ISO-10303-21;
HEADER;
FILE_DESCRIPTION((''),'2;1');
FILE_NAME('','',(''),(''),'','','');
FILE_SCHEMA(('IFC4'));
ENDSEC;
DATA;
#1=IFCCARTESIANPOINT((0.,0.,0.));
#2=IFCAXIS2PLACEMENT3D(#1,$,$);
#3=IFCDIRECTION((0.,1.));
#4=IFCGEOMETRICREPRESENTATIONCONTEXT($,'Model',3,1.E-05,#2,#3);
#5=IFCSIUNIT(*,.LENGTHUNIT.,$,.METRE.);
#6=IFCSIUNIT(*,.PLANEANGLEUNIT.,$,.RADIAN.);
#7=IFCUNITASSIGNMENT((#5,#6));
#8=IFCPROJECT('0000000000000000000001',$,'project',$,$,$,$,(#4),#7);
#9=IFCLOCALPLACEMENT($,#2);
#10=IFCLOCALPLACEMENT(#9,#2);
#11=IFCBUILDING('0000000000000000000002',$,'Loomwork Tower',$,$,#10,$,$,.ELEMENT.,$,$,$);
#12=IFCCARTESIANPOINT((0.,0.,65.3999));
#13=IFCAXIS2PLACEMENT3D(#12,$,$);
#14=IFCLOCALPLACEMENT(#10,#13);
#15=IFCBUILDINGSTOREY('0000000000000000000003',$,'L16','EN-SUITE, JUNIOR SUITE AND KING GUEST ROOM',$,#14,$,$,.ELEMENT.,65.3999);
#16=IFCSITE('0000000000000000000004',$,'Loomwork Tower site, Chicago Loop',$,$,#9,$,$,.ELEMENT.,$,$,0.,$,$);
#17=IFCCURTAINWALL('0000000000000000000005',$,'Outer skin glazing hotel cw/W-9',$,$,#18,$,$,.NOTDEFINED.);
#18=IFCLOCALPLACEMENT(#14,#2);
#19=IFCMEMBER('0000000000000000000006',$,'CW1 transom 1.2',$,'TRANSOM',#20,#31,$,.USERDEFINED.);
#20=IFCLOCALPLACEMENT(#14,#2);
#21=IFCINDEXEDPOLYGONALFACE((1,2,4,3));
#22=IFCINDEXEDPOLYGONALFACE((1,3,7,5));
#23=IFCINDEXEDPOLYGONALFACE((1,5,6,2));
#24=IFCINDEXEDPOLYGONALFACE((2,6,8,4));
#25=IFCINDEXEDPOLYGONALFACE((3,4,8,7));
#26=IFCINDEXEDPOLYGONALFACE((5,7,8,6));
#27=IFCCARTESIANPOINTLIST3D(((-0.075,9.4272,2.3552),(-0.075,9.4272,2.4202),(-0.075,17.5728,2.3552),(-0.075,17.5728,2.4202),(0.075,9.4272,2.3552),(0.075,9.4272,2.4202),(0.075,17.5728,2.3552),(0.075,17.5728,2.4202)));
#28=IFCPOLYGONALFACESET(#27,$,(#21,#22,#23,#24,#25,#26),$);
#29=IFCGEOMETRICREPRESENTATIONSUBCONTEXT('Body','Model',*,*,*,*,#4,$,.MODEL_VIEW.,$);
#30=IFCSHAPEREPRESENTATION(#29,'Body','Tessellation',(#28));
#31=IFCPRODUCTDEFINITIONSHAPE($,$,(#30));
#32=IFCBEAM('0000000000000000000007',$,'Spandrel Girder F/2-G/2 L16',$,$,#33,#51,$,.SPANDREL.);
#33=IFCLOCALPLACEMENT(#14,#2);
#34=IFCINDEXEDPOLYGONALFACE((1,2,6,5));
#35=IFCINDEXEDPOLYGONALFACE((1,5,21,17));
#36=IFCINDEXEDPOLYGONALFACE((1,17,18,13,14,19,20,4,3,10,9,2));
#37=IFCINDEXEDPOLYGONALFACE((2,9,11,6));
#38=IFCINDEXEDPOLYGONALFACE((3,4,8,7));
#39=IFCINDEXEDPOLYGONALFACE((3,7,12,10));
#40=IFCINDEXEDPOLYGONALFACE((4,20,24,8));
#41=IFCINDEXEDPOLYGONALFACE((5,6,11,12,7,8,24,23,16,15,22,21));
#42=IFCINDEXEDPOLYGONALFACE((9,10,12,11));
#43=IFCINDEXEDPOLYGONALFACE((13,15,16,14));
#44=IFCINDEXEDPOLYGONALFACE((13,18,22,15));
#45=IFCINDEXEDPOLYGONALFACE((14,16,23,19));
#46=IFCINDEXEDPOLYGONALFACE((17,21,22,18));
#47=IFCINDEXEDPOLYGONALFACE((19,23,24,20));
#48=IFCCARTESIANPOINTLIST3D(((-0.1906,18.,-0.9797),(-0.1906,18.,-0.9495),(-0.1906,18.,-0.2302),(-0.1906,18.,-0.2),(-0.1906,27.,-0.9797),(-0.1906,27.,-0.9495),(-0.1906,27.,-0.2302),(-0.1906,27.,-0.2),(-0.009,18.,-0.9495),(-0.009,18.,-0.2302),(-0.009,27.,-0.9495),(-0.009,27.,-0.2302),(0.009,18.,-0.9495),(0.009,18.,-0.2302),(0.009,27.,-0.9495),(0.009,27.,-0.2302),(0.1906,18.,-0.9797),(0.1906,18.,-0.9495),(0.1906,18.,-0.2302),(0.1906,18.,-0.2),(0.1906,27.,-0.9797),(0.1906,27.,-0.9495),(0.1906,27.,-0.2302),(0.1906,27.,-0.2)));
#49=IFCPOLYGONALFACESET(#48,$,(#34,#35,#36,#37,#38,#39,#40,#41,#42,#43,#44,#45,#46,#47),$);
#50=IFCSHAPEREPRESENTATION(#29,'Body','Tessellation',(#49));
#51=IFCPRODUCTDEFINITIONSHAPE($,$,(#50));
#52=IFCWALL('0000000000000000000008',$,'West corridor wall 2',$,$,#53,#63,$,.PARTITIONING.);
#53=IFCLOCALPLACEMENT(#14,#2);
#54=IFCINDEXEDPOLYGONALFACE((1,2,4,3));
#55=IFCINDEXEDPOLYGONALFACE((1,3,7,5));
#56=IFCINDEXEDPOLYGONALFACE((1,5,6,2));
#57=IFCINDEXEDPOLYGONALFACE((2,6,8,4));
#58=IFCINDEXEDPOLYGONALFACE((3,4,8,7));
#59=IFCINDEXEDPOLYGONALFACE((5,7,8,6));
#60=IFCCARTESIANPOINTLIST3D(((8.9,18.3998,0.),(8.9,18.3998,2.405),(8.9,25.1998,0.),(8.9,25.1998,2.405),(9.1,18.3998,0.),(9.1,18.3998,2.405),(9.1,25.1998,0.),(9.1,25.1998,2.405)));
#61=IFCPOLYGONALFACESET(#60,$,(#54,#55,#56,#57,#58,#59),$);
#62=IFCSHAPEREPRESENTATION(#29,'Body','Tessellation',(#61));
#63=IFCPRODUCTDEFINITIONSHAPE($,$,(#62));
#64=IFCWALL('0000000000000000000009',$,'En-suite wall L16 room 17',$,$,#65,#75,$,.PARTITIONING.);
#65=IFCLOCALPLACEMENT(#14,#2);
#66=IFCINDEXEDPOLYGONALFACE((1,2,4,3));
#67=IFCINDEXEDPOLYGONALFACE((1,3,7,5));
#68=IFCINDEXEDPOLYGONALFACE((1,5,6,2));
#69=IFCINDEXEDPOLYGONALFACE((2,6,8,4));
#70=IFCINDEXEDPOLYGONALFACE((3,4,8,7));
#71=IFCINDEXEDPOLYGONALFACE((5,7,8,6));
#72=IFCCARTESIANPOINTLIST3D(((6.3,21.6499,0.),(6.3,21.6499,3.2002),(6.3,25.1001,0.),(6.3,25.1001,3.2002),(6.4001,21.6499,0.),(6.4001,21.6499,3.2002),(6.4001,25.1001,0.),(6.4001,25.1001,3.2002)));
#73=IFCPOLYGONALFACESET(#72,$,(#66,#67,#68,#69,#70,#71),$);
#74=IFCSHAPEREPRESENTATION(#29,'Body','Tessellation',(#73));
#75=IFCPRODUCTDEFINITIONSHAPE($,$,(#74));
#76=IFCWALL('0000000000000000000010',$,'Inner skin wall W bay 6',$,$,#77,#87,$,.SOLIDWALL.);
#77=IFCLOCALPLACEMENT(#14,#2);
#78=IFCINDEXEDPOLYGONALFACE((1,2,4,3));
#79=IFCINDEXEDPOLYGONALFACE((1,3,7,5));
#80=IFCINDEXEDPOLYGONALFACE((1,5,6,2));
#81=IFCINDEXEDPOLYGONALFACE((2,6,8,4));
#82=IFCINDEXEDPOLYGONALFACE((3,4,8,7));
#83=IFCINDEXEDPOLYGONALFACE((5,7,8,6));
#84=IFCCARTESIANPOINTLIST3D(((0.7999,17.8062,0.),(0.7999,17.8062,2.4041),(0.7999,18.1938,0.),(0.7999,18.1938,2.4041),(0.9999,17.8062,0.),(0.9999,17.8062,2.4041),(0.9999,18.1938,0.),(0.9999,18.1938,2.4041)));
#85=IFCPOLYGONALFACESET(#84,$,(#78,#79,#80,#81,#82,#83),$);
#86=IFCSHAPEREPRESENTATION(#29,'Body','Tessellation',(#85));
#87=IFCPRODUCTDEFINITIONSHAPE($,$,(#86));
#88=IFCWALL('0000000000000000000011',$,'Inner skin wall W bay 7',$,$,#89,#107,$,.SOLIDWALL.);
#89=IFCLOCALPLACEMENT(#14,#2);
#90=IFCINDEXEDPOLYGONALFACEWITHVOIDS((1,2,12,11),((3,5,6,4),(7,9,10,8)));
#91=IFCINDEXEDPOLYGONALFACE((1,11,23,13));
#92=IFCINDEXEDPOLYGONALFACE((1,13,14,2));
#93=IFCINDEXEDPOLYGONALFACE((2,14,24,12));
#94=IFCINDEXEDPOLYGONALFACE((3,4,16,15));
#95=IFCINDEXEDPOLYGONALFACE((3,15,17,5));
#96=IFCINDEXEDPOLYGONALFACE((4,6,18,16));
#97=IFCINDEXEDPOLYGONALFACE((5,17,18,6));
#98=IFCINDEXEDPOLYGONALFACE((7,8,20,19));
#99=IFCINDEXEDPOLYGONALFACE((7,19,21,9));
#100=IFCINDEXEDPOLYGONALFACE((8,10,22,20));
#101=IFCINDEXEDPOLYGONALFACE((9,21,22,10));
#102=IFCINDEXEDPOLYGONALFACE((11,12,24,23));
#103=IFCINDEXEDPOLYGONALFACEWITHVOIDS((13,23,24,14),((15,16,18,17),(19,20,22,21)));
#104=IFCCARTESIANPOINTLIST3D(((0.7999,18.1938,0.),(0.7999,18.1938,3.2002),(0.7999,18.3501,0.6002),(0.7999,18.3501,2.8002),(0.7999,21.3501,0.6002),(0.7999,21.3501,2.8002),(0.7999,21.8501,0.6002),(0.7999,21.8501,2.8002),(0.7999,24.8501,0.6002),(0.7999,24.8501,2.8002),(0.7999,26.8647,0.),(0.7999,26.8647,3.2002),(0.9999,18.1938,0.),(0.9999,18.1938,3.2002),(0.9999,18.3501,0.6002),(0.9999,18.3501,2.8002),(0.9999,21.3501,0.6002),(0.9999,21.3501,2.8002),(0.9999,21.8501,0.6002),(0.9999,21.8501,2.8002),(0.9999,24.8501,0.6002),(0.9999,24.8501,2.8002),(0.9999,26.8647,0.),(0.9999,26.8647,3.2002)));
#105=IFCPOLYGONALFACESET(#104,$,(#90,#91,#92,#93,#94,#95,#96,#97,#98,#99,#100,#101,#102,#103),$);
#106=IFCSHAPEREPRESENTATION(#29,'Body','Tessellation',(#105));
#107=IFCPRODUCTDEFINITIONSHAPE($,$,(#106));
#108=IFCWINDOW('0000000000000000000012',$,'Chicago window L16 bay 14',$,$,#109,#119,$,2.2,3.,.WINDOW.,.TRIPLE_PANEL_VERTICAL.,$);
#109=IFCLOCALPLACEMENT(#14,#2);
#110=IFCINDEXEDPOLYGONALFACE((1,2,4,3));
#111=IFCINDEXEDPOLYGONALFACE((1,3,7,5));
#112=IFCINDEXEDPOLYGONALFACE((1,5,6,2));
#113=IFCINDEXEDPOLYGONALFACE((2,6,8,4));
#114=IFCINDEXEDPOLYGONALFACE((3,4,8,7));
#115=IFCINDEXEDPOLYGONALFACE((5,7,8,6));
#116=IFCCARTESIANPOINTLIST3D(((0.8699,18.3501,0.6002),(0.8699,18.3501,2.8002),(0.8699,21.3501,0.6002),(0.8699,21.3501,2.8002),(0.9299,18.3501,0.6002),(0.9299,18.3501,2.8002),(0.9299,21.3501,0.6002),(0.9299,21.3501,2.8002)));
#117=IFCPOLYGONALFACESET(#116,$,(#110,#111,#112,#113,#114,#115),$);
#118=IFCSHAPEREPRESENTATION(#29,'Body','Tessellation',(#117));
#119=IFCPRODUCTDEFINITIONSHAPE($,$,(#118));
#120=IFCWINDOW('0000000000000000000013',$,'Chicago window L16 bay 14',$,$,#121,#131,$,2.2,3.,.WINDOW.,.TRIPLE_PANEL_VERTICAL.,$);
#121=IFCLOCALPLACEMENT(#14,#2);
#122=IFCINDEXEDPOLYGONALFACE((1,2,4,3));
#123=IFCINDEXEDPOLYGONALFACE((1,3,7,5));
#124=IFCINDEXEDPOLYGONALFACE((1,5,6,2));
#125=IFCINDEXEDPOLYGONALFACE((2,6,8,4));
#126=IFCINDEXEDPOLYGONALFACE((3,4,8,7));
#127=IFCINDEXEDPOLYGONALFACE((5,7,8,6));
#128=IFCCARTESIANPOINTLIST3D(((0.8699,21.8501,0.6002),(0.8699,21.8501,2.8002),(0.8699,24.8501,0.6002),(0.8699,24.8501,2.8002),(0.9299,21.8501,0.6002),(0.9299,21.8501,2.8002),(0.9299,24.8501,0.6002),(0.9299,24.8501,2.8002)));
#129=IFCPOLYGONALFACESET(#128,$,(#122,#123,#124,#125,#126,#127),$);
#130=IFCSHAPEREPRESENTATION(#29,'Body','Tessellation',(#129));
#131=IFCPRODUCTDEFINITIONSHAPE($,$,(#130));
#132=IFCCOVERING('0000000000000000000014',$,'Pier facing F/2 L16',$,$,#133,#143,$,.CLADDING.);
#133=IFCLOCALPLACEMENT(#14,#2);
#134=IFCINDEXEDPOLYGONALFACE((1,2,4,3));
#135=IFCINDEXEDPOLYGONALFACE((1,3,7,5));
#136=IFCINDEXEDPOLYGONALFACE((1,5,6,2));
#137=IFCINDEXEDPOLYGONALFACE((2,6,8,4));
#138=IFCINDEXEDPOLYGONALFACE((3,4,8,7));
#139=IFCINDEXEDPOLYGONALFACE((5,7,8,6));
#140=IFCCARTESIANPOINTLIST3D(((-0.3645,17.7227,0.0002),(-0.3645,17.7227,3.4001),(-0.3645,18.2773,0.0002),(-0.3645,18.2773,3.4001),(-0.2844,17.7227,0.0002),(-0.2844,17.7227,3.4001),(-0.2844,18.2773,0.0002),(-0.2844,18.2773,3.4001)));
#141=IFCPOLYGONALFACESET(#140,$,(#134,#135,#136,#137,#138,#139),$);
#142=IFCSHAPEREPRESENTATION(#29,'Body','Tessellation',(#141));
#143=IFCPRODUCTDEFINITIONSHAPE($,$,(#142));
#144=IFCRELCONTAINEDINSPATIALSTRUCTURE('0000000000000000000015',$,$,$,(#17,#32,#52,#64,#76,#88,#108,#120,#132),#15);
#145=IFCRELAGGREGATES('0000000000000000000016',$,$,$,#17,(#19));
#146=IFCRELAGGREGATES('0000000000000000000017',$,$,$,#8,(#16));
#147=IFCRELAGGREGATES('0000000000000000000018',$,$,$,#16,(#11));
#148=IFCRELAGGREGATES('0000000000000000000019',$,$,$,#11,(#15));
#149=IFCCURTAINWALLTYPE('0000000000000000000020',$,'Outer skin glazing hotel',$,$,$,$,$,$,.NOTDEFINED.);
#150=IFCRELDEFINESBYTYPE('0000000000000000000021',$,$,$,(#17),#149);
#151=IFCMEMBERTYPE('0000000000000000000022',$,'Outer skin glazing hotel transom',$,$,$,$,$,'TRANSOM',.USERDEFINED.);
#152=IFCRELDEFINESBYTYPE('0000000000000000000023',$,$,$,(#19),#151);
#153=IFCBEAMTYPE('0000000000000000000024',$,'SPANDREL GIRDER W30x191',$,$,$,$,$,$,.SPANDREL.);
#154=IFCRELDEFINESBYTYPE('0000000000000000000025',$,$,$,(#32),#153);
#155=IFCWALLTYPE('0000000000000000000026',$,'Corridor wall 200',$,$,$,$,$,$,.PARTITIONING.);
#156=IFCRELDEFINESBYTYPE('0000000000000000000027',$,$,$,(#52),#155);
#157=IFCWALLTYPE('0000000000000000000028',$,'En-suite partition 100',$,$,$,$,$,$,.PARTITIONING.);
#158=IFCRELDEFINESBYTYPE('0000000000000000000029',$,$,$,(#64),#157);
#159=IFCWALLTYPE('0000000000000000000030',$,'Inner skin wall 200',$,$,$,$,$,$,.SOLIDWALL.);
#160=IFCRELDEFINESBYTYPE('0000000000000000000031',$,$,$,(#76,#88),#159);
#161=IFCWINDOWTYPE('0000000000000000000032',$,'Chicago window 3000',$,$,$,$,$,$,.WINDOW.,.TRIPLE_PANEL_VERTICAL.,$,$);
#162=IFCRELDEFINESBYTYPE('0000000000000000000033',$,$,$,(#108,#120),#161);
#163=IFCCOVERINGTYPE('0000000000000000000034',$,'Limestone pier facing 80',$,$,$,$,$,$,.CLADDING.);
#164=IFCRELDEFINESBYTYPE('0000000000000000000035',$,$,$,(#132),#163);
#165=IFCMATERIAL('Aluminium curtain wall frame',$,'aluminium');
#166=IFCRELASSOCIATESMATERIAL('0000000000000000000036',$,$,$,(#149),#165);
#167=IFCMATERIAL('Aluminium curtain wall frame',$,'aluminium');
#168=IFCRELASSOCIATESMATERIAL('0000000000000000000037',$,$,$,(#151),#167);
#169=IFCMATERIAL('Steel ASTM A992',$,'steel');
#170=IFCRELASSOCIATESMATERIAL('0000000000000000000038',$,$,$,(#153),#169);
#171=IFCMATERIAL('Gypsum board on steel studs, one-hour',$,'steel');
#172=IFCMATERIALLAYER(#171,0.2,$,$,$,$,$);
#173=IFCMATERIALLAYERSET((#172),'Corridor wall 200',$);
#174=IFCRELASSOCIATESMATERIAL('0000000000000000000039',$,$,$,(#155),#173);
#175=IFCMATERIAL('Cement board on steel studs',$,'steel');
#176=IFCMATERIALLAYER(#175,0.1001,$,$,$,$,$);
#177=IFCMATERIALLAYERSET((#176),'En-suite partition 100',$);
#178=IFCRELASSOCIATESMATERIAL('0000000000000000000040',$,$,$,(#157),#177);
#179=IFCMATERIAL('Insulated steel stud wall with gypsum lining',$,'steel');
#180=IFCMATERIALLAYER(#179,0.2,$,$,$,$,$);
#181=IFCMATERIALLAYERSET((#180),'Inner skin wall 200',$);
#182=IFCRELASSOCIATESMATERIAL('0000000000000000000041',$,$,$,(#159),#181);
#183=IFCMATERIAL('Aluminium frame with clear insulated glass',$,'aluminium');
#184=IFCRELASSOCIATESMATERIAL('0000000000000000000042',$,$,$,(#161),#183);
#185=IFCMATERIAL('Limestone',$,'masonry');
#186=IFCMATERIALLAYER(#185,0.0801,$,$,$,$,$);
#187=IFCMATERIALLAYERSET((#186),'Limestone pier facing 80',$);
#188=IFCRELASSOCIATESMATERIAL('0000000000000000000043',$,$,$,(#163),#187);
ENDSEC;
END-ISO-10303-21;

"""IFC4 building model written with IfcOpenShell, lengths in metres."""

from ifc_helpers import new_model, si_unit, direction, frame, frame_2d, origin, origin_2d, place, context, subcontext, project, spatial, rectangle, i_section, extrude, material, layer, layer_set, material_profile, profile_set, type_object, element, fill, aggregate, save


model = new_model("IFC4")

# Units and contexts
model_context = context("Model", 3, precision=1e-05, world=origin(), true_north=direction((0.0, 1.0)))
body_context = subcontext(model_context, "Body", "Model", "MODEL_VIEW")
ifc_project = project(units=[si_unit("LENGTHUNIT", "METRE"), si_unit("PLANEANGLEUNIT", "RADIAN")], contexts=[model_context])

# Site, building, storey
site_placement = place(None, origin())
site = spatial("IfcSite", under=ifc_project, at=site_placement, Name="Loomwork Tower site, Chicago Loop", CompositionType="ELEMENT", RefElevation=0.0)
building_placement = place(site_placement, origin())
building = spatial("IfcBuilding", under=site, at=building_placement, Name="Loomwork Tower", CompositionType="ELEMENT")
storey_placement = place(building_placement, frame((0.0, 0.0, 65.3999)))
storey = spatial("IfcBuildingStorey", under=building, at=storey_placement, Name="L16", Description="EN-SUITE, JUNIOR SUITE AND KING GUEST ROOM", CompositionType="ELEMENT", Elevation=65.3999)

# Curtain wall
ifc_material_1 = material(Name="Aluminium curtain wall frame", Category="aluminium")
curtain_wall_type = type_object("IfcCurtainWallType", Name="Outer skin glazing hotel", PredefinedType="NOTDEFINED", material=ifc_material_1)
curtain_wall_1_placement = place(storey_placement, origin())
curtain_wall_1 = element("IfcCurtainWall", 1, at=curtain_wall_1_placement, inside=storey, type_object=curtain_wall_type, Name="Outer skin glazing hotel cw/W-9", PredefinedType="NOTDEFINED")

# Member
ifc_material_2 = material(Name="Aluminium curtain wall frame", Category="aluminium")
ifc_material_profile_1 = material_profile(ifc_material_2, rectangle(XDim=0.1499, YDim=0.0649, at=origin_2d()), Name="AL 65x150")
ifc_profile_set_1 = profile_set([ifc_material_profile_1], Name="Aluminium curtain wall frame")
member_type_1 = type_object("IfcMemberType", Name="Outer skin glazing hotel transom", ElementType="TRANSOM", PredefinedType="USERDEFINED", material=ifc_profile_set_1)
member_1_placement = place(storey_placement, frame((0.0, 17.5728, 2.3877), z_axis=(0.0, -1.0, 0.0), x_axis=(1.0, 0.0, 0.0)))
member_1 = element("IfcMember", 2, at=member_1_placement, type_object=member_type_1, Name="CW1 transom 1.2", ObjectType="TRANSOM", PredefinedType="USERDEFINED", context=body_context, shape_type="SweptSolid", body=[
    extrude(rectangle(XDim=0.1499, YDim=0.0649, at=origin_2d()), origin(), (0.0, 0.0, 1.0), 8.1455),
])
aggregate(curtain_wall_1, [member_1])

# Beam
ifc_material_3 = material(Name="Steel ASTM A992", Category="steel")
ifc_material_profile_2 = material_profile(ifc_material_3, i_section(OverallWidth=0.3811, OverallDepth=0.7798, WebThickness=0.0181, FlangeThickness=0.0303, at=origin_2d()), Name="W30x191")
ifc_profile_set_2 = profile_set([ifc_material_profile_2], Name="Steel ASTM A992")
beam_type_1 = type_object("IfcBeamType", Name="SPANDREL GIRDER W30x191", PredefinedType="SPANDREL", material=ifc_profile_set_2)
beam_1_placement = place(storey_placement, frame((0.0, 18.0, -0.5898), z_axis=(0.0, 1.0, 0.0), x_axis=(-1.0, 0.0, 0.0)))
element("IfcBeam", 3, at=beam_1_placement, inside=storey, type_object=beam_type_1, Name="Spandrel Girder F/2-G/2 L16", PredefinedType="SPANDREL", context=body_context, shape_type="SweptSolid", body=[
    extrude(i_section(OverallWidth=0.3811, OverallDepth=0.7798, WebThickness=0.0181, FlangeThickness=0.0303, at=origin_2d()), origin(), (0.0, 0.0, 1.0), 9.0),
])

# Walls
ifc_material_4 = material(Name="Gypsum board on steel studs, one-hour", Category="steel")
ifc_layer_1 = layer(ifc_material_4, 0.2)
ifc_layer_set_1 = layer_set([ifc_layer_1], Name="Corridor wall 200")
wall_type_1 = type_object("IfcWallType", Name="Corridor wall 200", PredefinedType="PARTITIONING", material=ifc_layer_set_1)
wall_1_placement = place(storey_placement, frame((9.0, 18.3999, 0.0), z_axis=(0.0, 0.0, 1.0), x_axis=(0.0, 1.0, 0.0)))
element("IfcWall", 4, at=wall_1_placement, inside=storey, type_object=wall_type_1, Name="West corridor wall 2", PredefinedType="PARTITIONING", context=body_context, shape_type="SweptSolid", body=[
    extrude(rectangle(XDim=6.8, YDim=0.2, at=frame_2d((3.3999, 0.0))), origin(), (0.0, 0.0, 1.0), 2.405),
])
ifc_material_5 = material(Name="Cement board on steel studs", Category="steel")
ifc_layer_2 = layer(ifc_material_5, 0.1001)
ifc_layer_set_2 = layer_set([ifc_layer_2], Name="En-suite partition 100")
wall_type_2 = type_object("IfcWallType", Name="En-suite partition 100", PredefinedType="PARTITIONING", material=ifc_layer_set_2)
wall_2_placement = place(storey_placement, frame((6.3501, 21.6499, 0.0), z_axis=(0.0, 0.0, 1.0), x_axis=(0.0, 1.0, 0.0)))
element("IfcWall", 5, at=wall_2_placement, inside=storey, type_object=wall_type_2, Name="En-suite wall L16 room 17", PredefinedType="PARTITIONING", context=body_context, shape_type="SweptSolid", body=[
    extrude(rectangle(XDim=3.4502, YDim=0.1001, at=frame_2d((1.7251, 0.0))), origin(), (0.0, 0.0, 1.0), 3.2002),
])
ifc_material_6 = material(Name="Insulated steel stud wall with gypsum lining", Category="steel")
ifc_layer_3 = layer(ifc_material_6, 0.2)
ifc_layer_set_3 = layer_set([ifc_layer_3], Name="Inner skin wall 200")
wall_type_3 = type_object("IfcWallType", Name="Inner skin wall 200", PredefinedType="SOLIDWALL", material=ifc_layer_set_3)
wall_3_placement = place(storey_placement, frame((0.8999, 17.8062, 0.0), z_axis=(0.0, 0.0, 1.0), x_axis=(0.0, 1.0, 0.0)))
element("IfcWall", 6, at=wall_3_placement, inside=storey, type_object=wall_type_3, Name="Inner skin wall W bay 6", PredefinedType="SOLIDWALL", context=body_context, shape_type="SweptSolid", body=[
    extrude(rectangle(XDim=0.3877, YDim=0.2, at=frame_2d((0.1938, 0.0))), origin(), (0.0, 0.0, 1.0), 2.4041),
])

# Wall, openings, windows
wall_4_placement = place(storey_placement, frame((0.8999, 18.1938, 0.0), z_axis=(0.0, 0.0, 1.0), x_axis=(0.0, 1.0, 0.0)))
wall_4 = element("IfcWall", 7, at=wall_4_placement, inside=storey, type_object=wall_type_3, Name="Inner skin wall W bay 7", PredefinedType="SOLIDWALL", context=body_context, shape_type="SweptSolid", body=[
    extrude(rectangle(XDim=8.6709, YDim=0.2, at=frame_2d((4.3354, 0.0))), origin(), (0.0, 0.0, 1.0), 3.2002),
])
opening_1_placement = place(wall_4_placement, frame((0.1562, 0.0, 0.6001)))
opening_1 = element("IfcOpeningElement", 8, at=opening_1_placement, cuts=wall_4, PredefinedType="OPENING", context=body_context, shape_type="SweptSolid", body=[
    extrude(rectangle(XDim=3.0, YDim=2.2, at=frame_2d((1.5, 1.1001))), frame((0.0, 0.1099, 0.0), z_axis=(0.0, -1.0, 0.0), x_axis=(1.0, 0.0, 0.0)), (0.0, 0.0, 1.0), 0.22),
])
opening_2_placement = place(wall_4_placement, frame((3.6562, 0.0, 0.6001)))
opening_2 = element("IfcOpeningElement", 9, at=opening_2_placement, cuts=wall_4, PredefinedType="OPENING", context=body_context, shape_type="SweptSolid", body=[
    extrude(rectangle(XDim=3.0, YDim=2.2, at=frame_2d((1.5, 1.1001))), frame((0.0, 0.1099, 0.0), z_axis=(0.0, -1.0, 0.0), x_axis=(1.0, 0.0, 0.0)), (0.0, 0.0, 1.0), 0.22),
])
ifc_material_7 = material(Name="Aluminium frame with clear insulated glass", Category="aluminium")
window_type = type_object("IfcWindowType", Name="Chicago window 3000", PartitioningType="TRIPLE_PANEL_VERTICAL", PredefinedType="WINDOW", material=ifc_material_7)
window_1_placement = place(opening_1_placement, origin())
window_1 = element("IfcWindow", 10, at=window_1_placement, inside=storey, type_object=window_type, Name="Chicago window L16 bay 14", OverallHeight=2.2, OverallWidth=3.0, PartitioningType="TRIPLE_PANEL_VERTICAL", PredefinedType="WINDOW", context=body_context, shape_type="SweptSolid", body=[
    extrude(rectangle(XDim=3.0, YDim=2.2, at=frame_2d((1.5, 1.1001))), frame((0.0, 0.03, 0.0), z_axis=(0.0, -1.0, 0.0), x_axis=(1.0, 0.0, 0.0)), (0.0, 0.0, 1.0), 0.0601),
])
fill(opening_1, window_1)
window_2_placement = place(opening_2_placement, origin())
window_2 = element("IfcWindow", 11, at=window_2_placement, inside=storey, type_object=window_type, Name="Chicago window L16 bay 14", OverallHeight=2.2, OverallWidth=3.0, PartitioningType="TRIPLE_PANEL_VERTICAL", PredefinedType="WINDOW", context=body_context, shape_type="SweptSolid", body=[
    extrude(rectangle(XDim=3.0, YDim=2.2, at=frame_2d((1.5, 1.1001))), frame((0.0, 0.03, 0.0), z_axis=(0.0, -1.0, 0.0), x_axis=(1.0, 0.0, 0.0)), (0.0, 0.0, 1.0), 0.0601),
])
fill(opening_2, window_2)

# Covering
ifc_material_8 = material(Name="Limestone", Category="masonry")
ifc_layer_4 = layer(ifc_material_8, 0.0801)
ifc_layer_set_4 = layer_set([ifc_layer_4], Name="Limestone pier facing 80")
covering_type = type_object("IfcCoveringType", Name="Limestone pier facing 80", PredefinedType="CLADDING", material=ifc_layer_set_4)
covering_placement = place(storey_placement, frame((-0.3245, 18.0, 0.0002), z_axis=(0.0, 0.0, 1.0), x_axis=(1.0, 0.0, 0.0)))
element("IfcCovering", 12, at=covering_placement, inside=storey, type_object=covering_type, Name="Pier facing F/2 L16", PredefinedType="CLADDING", context=body_context, shape_type="SweptSolid", body=[
    extrude(rectangle(XDim=0.0801, YDim=0.5547, at=origin_2d()), origin(), (0.0, 0.0, 1.0), 3.3999),
])

save(model, "model.ifc")
